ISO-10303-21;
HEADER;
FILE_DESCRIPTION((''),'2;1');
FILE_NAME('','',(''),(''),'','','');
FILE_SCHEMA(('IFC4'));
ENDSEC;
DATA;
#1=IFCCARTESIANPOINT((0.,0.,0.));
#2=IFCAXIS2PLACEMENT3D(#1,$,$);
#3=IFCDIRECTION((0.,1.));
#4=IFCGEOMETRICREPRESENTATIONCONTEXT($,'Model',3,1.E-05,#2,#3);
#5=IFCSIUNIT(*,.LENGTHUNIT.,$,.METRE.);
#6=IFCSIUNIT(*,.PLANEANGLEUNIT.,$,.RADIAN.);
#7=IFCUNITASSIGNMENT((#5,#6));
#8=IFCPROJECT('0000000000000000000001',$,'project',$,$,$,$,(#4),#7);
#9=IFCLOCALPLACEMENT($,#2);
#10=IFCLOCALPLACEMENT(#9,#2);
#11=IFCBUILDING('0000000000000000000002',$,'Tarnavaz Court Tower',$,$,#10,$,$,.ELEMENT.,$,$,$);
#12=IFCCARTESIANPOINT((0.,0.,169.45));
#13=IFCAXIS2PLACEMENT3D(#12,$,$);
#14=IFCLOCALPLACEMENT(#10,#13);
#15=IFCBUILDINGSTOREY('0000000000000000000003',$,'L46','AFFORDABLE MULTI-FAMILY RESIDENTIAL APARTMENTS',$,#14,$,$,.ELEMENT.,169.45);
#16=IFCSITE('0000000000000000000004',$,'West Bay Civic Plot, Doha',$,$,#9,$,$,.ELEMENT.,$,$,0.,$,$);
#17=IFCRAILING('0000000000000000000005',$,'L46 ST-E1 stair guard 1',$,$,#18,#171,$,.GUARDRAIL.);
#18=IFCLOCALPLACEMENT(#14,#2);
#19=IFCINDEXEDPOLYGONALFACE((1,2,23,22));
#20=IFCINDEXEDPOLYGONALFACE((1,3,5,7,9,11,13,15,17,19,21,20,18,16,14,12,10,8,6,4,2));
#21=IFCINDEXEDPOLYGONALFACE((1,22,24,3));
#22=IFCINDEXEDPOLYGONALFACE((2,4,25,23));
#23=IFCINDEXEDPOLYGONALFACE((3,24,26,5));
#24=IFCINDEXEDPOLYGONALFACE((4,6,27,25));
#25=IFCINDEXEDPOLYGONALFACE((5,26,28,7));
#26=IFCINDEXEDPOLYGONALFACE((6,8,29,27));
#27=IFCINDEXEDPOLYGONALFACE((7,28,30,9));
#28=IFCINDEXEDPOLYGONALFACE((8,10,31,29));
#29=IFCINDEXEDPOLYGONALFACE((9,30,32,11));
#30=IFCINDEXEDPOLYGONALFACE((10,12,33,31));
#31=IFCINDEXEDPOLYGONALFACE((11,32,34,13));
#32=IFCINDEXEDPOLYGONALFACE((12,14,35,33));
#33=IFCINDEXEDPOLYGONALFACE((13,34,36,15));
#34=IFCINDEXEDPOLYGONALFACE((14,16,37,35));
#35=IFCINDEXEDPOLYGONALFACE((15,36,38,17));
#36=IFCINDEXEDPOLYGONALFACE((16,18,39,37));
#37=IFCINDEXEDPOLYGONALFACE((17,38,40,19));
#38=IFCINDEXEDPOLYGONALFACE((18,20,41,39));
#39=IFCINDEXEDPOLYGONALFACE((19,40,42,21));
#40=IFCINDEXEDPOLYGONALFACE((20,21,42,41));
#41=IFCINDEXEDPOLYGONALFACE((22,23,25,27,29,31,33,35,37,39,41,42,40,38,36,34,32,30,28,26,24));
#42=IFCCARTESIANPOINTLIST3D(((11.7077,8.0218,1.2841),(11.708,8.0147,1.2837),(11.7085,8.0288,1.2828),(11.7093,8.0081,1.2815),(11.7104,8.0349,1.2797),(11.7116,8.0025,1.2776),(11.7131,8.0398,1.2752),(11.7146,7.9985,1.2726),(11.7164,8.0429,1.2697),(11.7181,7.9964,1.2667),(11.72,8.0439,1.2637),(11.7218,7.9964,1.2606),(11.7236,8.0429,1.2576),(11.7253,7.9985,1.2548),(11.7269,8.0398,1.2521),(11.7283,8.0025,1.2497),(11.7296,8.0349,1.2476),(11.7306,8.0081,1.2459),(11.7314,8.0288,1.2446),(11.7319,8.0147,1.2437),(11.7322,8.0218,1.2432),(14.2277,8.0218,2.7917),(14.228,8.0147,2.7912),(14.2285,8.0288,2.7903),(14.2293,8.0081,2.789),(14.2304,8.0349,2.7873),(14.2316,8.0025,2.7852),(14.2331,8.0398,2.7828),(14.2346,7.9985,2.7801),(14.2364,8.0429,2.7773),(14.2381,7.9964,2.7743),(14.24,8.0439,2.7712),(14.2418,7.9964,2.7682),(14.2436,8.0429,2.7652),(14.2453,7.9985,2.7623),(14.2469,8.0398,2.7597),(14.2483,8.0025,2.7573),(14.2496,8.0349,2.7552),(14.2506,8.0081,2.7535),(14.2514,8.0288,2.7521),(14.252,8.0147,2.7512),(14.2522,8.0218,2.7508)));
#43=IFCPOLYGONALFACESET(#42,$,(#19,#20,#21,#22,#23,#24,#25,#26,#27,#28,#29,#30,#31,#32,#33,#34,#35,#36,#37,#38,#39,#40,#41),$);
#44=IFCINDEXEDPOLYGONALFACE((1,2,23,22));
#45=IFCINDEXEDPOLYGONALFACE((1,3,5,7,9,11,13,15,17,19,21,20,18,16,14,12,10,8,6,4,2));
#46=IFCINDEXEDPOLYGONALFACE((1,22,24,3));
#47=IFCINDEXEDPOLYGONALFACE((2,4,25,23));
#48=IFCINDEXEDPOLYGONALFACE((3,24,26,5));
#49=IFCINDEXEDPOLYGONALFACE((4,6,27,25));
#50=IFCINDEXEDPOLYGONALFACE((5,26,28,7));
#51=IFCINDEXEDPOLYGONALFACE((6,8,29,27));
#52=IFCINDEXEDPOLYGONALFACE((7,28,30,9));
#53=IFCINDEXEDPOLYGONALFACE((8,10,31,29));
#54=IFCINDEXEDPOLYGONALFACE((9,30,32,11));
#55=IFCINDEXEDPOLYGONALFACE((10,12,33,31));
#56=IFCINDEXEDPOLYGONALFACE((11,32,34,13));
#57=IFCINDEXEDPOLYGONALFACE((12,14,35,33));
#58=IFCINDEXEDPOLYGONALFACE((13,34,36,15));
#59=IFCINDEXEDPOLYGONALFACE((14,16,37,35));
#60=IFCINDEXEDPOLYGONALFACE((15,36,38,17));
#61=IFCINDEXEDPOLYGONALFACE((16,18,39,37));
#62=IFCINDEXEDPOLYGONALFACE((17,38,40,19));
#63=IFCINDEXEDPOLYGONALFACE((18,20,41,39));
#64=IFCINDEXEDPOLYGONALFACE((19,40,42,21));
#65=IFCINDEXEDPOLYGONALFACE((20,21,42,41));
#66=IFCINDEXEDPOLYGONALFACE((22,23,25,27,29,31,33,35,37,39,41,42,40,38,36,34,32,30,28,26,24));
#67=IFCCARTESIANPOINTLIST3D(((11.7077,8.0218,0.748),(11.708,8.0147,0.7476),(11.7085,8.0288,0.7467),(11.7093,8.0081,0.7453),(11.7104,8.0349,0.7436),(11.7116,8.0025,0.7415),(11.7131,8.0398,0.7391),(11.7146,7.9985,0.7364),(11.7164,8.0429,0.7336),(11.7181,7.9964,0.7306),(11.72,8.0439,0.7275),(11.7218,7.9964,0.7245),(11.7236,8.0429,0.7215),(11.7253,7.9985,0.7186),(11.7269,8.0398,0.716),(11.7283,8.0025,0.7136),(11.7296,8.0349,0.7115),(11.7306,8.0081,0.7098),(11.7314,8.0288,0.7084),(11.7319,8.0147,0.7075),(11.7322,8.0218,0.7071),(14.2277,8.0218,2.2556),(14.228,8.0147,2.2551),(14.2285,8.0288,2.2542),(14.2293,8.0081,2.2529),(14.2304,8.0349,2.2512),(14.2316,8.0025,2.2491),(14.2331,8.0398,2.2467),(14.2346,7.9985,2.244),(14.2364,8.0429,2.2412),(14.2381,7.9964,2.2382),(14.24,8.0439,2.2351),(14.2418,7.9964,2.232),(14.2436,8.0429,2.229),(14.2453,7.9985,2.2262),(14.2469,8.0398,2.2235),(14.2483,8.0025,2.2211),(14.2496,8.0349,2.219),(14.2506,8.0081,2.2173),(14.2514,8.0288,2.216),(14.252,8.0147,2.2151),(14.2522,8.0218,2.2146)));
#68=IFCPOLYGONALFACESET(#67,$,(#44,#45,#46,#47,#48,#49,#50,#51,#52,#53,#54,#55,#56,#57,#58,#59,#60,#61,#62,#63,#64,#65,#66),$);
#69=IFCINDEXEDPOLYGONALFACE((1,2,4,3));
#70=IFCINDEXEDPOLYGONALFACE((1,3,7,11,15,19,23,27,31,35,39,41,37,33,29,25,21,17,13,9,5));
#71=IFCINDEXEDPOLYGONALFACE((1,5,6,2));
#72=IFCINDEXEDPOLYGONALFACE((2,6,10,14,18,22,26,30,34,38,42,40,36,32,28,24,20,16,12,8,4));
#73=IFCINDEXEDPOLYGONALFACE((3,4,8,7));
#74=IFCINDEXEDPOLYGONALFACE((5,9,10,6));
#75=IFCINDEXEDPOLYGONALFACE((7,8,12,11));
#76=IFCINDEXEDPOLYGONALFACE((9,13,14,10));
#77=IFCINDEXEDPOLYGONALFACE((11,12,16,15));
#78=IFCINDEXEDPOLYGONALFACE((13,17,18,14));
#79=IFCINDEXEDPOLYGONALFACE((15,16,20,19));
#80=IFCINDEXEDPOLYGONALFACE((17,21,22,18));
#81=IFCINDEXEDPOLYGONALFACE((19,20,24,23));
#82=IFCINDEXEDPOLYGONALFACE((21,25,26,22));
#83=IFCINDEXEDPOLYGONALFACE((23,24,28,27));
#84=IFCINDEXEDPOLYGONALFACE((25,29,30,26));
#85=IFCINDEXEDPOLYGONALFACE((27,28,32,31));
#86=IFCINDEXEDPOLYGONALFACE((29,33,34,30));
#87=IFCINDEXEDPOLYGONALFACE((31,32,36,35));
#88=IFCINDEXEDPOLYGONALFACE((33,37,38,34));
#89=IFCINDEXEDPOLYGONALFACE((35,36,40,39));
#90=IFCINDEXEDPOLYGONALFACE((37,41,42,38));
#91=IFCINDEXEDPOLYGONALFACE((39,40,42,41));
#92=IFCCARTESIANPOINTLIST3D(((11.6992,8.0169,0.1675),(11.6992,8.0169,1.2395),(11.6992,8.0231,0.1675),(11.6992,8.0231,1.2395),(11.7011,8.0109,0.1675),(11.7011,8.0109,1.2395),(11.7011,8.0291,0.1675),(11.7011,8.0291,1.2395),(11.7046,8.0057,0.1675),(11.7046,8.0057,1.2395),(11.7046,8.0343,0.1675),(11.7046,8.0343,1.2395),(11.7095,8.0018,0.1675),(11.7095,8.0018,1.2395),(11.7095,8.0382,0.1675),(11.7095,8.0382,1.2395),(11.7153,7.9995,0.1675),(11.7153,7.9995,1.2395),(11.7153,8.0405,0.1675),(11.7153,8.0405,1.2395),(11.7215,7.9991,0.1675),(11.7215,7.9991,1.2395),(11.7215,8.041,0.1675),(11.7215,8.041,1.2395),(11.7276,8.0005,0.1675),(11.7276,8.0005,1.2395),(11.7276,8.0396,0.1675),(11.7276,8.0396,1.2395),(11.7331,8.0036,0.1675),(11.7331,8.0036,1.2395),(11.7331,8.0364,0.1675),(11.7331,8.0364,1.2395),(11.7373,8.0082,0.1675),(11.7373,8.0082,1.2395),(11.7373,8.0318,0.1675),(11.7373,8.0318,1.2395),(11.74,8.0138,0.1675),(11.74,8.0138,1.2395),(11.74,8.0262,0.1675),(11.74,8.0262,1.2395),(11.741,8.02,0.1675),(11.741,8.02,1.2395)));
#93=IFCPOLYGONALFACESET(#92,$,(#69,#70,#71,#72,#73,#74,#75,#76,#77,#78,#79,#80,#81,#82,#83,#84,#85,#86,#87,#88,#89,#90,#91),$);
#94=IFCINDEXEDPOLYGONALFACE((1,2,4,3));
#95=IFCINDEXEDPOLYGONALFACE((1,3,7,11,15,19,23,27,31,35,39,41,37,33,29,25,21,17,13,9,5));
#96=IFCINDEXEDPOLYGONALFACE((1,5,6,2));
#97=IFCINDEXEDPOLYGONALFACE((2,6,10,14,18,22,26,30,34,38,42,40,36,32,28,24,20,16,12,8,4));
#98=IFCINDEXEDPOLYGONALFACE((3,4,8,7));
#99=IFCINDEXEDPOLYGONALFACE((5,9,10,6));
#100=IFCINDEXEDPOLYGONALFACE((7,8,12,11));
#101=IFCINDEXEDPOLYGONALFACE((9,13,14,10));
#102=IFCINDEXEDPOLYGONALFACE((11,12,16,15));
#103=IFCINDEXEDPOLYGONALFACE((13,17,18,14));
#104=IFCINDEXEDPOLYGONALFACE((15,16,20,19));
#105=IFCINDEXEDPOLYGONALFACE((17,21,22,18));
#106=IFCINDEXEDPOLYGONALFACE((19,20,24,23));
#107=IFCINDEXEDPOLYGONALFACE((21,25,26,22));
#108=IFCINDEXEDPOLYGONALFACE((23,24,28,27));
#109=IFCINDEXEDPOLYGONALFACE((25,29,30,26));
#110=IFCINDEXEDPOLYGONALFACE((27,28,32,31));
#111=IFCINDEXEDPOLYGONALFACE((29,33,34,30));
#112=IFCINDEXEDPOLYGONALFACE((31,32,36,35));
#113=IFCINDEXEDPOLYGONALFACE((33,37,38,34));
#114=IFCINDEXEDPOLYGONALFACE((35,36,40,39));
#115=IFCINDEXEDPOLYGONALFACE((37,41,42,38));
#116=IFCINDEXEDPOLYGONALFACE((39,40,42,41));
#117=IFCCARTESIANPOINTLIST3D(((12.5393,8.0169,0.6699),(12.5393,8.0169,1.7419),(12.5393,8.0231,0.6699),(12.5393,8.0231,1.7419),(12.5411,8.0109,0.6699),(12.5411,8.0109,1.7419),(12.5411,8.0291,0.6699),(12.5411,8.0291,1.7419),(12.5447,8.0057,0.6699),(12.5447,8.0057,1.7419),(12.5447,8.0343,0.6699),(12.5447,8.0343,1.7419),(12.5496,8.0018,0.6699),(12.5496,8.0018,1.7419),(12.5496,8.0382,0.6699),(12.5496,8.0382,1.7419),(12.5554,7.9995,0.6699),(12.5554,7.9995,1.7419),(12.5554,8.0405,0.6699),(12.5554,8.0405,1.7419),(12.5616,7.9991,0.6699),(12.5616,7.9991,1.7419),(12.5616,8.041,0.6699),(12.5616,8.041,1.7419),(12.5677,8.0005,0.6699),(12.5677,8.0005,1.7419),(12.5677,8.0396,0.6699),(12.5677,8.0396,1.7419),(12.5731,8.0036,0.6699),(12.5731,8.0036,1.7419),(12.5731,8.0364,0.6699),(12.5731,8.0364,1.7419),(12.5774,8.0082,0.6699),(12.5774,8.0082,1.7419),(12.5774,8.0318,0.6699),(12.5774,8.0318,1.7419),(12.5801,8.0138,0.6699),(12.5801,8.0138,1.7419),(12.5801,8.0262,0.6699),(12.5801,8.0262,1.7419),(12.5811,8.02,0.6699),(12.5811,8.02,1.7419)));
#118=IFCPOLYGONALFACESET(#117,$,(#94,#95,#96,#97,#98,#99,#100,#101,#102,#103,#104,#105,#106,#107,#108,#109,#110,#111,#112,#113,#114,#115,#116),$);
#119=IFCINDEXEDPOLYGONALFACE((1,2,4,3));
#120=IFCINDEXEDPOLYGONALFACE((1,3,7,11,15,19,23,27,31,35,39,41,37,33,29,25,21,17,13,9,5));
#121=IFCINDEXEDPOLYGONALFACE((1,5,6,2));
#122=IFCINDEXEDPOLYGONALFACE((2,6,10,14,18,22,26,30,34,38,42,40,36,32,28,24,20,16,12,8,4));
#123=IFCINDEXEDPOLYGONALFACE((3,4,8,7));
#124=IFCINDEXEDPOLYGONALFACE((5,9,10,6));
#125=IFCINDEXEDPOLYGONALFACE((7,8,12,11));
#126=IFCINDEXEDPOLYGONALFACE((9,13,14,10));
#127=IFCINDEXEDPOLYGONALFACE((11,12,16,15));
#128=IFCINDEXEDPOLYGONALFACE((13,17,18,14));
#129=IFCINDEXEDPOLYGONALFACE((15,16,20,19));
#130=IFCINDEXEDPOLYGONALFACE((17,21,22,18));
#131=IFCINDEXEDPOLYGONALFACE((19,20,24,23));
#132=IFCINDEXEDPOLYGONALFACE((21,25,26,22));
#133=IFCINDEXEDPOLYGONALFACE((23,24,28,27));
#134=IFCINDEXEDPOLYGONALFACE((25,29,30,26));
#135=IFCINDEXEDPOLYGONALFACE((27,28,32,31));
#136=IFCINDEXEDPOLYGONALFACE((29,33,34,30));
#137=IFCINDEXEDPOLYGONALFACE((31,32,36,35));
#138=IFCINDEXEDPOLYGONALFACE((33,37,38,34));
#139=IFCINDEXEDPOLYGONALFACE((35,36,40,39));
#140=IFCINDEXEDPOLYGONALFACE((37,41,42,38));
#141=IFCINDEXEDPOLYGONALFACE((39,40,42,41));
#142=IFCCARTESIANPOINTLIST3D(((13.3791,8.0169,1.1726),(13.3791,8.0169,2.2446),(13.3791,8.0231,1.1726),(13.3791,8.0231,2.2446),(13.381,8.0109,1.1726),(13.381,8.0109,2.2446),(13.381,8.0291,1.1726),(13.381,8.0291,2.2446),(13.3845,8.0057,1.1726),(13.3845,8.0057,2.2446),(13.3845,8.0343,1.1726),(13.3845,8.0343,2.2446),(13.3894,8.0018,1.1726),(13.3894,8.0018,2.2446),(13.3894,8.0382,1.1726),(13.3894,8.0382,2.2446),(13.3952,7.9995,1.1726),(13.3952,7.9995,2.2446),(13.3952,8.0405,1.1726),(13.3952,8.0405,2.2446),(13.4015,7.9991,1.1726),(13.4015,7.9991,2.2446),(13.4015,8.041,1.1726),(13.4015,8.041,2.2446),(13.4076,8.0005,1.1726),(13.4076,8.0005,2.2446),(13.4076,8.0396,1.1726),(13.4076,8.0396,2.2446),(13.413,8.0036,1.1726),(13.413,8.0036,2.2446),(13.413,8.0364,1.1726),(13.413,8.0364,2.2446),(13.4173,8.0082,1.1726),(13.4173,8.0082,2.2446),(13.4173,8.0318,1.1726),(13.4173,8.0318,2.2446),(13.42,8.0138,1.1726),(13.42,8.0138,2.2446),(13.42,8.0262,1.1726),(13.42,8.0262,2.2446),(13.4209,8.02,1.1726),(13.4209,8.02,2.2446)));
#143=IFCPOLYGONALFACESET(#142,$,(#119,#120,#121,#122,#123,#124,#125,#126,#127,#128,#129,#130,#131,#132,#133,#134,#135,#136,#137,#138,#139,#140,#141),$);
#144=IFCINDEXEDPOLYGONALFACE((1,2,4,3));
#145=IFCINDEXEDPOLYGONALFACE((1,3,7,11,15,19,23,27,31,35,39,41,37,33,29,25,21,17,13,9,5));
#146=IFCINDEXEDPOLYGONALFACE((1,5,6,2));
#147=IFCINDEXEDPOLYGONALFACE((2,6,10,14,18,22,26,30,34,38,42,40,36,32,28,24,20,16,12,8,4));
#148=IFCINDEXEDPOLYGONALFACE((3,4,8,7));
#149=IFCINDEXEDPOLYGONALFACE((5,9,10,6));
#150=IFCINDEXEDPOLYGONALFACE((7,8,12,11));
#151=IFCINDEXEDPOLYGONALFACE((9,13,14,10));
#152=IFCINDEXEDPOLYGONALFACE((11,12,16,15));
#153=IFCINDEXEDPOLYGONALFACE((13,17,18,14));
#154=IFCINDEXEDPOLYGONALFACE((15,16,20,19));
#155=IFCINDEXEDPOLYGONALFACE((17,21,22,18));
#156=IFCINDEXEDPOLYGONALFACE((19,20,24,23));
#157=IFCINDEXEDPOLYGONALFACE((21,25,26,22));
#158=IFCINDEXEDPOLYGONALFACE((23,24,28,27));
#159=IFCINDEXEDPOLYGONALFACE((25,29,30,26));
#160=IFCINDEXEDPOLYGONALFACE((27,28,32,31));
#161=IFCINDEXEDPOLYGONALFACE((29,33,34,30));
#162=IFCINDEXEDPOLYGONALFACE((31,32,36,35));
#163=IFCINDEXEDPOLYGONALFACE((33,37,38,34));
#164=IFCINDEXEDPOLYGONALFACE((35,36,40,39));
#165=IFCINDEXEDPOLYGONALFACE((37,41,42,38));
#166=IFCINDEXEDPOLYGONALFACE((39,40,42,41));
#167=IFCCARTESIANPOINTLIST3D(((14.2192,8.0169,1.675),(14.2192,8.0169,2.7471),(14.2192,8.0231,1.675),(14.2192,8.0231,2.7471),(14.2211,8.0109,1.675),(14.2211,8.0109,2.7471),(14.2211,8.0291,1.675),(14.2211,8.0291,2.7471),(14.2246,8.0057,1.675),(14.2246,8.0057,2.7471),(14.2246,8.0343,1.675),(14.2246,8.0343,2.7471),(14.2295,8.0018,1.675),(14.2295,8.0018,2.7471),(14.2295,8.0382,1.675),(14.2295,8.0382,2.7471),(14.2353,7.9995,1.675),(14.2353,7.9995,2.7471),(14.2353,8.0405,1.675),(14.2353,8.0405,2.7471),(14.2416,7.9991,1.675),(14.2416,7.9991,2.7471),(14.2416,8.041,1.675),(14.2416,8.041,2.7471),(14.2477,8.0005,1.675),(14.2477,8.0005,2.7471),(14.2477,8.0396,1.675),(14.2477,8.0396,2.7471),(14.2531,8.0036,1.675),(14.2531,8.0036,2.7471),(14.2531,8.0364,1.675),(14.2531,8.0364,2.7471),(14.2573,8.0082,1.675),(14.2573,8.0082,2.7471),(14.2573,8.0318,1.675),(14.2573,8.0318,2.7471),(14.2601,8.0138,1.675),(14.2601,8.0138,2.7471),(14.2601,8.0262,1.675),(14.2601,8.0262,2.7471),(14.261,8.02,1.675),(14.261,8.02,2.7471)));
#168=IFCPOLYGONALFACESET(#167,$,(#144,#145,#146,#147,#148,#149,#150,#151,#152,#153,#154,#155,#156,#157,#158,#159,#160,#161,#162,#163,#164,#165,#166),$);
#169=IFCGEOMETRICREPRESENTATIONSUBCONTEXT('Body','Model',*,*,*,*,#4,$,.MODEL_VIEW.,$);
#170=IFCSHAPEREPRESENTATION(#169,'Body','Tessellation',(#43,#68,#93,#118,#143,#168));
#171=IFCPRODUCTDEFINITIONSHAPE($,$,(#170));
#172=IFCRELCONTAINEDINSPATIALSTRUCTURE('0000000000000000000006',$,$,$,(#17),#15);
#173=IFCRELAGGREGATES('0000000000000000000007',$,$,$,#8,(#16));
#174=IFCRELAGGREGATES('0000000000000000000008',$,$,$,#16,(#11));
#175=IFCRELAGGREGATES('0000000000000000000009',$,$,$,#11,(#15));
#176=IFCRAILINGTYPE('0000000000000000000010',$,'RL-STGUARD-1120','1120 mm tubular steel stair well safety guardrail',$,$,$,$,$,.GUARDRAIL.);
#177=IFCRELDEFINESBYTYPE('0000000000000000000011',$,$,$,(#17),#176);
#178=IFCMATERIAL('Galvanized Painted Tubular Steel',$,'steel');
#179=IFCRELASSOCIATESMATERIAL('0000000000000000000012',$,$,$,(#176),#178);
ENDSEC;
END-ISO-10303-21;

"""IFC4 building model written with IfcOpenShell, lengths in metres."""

from ifc_helpers import new_model, si_unit, direction, frame, origin, origin_2d, place, context, subcontext, project, spatial, circle, extrude, material, type_object, element, save


model = new_model("IFC4")

# Units and contexts
model_context = context("Model", 3, precision=1e-05, world=origin(), true_north=direction((0.0, 1.0)))
body_context = subcontext(model_context, "Body", "Model", "MODEL_VIEW")
ifc_project = project(units=[si_unit("LENGTHUNIT", "METRE"), si_unit("PLANEANGLEUNIT", "RADIAN")], contexts=[model_context])

# Site, building, storey
site_placement = place(None, origin())
site = spatial("IfcSite", under=ifc_project, at=site_placement, Name="West Bay Civic Plot, Doha", CompositionType="ELEMENT", RefElevation=0.0)
building_placement = place(site_placement, origin())
building = spatial("IfcBuilding", under=site, at=building_placement, Name="Tarnavaz Court Tower", CompositionType="ELEMENT")
storey_placement = place(building_placement, frame((0.0, 0.0, 169.45)))
storey = spatial("IfcBuildingStorey", under=building, at=storey_placement, Name="L46", Description="AFFORDABLE MULTI-FAMILY RESIDENTIAL APARTMENTS", CompositionType="ELEMENT", Elevation=169.45)

# Railing
ifc_material_1 = material(Name="Galvanized Painted Tubular Steel", Category="steel")
railing_type_1 = type_object("IfcRailingType", Name="RL-STGUARD-1120", Description="1120 mm tubular steel stair well safety guardrail", PredefinedType="GUARDRAIL", material=ifc_material_1)
railing_1_placement = place(storey_placement, frame((11.72, 8.02, 0.1675)))
element("IfcRailing", 1, at=railing_1_placement, inside=storey, type_object=railing_type_1, Name="L46 ST-E1 stair guard 1", PredefinedType="GUARDRAIL", context=body_context, shape_type="SweptSolid", body=[
    extrude(circle(Radius=0.0239, at=origin_2d()), frame((0.0, 0.0, 1.0962), z_axis=(0.85816, 0.0, 0.513383), x_axis=(0.0, 1.0, 0.0)), (0.0, 0.0, 1.0), 2.9365),
    extrude(circle(Radius=0.0239, at=origin_2d()), frame((0.0, 0.0, 0.5601), z_axis=(0.85816, 0.0, 0.513383), x_axis=(0.0, 1.0, 0.0)), (0.0, 0.0, 1.0), 2.9365),
    extrude(circle(Radius=0.021, at=origin_2d()), origin(), (0.0, 0.0, 1.0), 1.072),
    extrude(circle(Radius=0.021, at=origin_2d()), frame((0.8401, 0.0, 0.5024)), (0.0, 0.0, 1.0), 1.072),
    extrude(circle(Radius=0.021, at=origin_2d()), frame((1.6799, 0.0, 1.0051)), (0.0, 0.0, 1.0), 1.072),
    extrude(circle(Radius=0.021, at=origin_2d()), frame((2.52, 0.0, 1.5076)), (0.0, 0.0, 1.0), 1.072),
])

save(model, "model.ifc")
